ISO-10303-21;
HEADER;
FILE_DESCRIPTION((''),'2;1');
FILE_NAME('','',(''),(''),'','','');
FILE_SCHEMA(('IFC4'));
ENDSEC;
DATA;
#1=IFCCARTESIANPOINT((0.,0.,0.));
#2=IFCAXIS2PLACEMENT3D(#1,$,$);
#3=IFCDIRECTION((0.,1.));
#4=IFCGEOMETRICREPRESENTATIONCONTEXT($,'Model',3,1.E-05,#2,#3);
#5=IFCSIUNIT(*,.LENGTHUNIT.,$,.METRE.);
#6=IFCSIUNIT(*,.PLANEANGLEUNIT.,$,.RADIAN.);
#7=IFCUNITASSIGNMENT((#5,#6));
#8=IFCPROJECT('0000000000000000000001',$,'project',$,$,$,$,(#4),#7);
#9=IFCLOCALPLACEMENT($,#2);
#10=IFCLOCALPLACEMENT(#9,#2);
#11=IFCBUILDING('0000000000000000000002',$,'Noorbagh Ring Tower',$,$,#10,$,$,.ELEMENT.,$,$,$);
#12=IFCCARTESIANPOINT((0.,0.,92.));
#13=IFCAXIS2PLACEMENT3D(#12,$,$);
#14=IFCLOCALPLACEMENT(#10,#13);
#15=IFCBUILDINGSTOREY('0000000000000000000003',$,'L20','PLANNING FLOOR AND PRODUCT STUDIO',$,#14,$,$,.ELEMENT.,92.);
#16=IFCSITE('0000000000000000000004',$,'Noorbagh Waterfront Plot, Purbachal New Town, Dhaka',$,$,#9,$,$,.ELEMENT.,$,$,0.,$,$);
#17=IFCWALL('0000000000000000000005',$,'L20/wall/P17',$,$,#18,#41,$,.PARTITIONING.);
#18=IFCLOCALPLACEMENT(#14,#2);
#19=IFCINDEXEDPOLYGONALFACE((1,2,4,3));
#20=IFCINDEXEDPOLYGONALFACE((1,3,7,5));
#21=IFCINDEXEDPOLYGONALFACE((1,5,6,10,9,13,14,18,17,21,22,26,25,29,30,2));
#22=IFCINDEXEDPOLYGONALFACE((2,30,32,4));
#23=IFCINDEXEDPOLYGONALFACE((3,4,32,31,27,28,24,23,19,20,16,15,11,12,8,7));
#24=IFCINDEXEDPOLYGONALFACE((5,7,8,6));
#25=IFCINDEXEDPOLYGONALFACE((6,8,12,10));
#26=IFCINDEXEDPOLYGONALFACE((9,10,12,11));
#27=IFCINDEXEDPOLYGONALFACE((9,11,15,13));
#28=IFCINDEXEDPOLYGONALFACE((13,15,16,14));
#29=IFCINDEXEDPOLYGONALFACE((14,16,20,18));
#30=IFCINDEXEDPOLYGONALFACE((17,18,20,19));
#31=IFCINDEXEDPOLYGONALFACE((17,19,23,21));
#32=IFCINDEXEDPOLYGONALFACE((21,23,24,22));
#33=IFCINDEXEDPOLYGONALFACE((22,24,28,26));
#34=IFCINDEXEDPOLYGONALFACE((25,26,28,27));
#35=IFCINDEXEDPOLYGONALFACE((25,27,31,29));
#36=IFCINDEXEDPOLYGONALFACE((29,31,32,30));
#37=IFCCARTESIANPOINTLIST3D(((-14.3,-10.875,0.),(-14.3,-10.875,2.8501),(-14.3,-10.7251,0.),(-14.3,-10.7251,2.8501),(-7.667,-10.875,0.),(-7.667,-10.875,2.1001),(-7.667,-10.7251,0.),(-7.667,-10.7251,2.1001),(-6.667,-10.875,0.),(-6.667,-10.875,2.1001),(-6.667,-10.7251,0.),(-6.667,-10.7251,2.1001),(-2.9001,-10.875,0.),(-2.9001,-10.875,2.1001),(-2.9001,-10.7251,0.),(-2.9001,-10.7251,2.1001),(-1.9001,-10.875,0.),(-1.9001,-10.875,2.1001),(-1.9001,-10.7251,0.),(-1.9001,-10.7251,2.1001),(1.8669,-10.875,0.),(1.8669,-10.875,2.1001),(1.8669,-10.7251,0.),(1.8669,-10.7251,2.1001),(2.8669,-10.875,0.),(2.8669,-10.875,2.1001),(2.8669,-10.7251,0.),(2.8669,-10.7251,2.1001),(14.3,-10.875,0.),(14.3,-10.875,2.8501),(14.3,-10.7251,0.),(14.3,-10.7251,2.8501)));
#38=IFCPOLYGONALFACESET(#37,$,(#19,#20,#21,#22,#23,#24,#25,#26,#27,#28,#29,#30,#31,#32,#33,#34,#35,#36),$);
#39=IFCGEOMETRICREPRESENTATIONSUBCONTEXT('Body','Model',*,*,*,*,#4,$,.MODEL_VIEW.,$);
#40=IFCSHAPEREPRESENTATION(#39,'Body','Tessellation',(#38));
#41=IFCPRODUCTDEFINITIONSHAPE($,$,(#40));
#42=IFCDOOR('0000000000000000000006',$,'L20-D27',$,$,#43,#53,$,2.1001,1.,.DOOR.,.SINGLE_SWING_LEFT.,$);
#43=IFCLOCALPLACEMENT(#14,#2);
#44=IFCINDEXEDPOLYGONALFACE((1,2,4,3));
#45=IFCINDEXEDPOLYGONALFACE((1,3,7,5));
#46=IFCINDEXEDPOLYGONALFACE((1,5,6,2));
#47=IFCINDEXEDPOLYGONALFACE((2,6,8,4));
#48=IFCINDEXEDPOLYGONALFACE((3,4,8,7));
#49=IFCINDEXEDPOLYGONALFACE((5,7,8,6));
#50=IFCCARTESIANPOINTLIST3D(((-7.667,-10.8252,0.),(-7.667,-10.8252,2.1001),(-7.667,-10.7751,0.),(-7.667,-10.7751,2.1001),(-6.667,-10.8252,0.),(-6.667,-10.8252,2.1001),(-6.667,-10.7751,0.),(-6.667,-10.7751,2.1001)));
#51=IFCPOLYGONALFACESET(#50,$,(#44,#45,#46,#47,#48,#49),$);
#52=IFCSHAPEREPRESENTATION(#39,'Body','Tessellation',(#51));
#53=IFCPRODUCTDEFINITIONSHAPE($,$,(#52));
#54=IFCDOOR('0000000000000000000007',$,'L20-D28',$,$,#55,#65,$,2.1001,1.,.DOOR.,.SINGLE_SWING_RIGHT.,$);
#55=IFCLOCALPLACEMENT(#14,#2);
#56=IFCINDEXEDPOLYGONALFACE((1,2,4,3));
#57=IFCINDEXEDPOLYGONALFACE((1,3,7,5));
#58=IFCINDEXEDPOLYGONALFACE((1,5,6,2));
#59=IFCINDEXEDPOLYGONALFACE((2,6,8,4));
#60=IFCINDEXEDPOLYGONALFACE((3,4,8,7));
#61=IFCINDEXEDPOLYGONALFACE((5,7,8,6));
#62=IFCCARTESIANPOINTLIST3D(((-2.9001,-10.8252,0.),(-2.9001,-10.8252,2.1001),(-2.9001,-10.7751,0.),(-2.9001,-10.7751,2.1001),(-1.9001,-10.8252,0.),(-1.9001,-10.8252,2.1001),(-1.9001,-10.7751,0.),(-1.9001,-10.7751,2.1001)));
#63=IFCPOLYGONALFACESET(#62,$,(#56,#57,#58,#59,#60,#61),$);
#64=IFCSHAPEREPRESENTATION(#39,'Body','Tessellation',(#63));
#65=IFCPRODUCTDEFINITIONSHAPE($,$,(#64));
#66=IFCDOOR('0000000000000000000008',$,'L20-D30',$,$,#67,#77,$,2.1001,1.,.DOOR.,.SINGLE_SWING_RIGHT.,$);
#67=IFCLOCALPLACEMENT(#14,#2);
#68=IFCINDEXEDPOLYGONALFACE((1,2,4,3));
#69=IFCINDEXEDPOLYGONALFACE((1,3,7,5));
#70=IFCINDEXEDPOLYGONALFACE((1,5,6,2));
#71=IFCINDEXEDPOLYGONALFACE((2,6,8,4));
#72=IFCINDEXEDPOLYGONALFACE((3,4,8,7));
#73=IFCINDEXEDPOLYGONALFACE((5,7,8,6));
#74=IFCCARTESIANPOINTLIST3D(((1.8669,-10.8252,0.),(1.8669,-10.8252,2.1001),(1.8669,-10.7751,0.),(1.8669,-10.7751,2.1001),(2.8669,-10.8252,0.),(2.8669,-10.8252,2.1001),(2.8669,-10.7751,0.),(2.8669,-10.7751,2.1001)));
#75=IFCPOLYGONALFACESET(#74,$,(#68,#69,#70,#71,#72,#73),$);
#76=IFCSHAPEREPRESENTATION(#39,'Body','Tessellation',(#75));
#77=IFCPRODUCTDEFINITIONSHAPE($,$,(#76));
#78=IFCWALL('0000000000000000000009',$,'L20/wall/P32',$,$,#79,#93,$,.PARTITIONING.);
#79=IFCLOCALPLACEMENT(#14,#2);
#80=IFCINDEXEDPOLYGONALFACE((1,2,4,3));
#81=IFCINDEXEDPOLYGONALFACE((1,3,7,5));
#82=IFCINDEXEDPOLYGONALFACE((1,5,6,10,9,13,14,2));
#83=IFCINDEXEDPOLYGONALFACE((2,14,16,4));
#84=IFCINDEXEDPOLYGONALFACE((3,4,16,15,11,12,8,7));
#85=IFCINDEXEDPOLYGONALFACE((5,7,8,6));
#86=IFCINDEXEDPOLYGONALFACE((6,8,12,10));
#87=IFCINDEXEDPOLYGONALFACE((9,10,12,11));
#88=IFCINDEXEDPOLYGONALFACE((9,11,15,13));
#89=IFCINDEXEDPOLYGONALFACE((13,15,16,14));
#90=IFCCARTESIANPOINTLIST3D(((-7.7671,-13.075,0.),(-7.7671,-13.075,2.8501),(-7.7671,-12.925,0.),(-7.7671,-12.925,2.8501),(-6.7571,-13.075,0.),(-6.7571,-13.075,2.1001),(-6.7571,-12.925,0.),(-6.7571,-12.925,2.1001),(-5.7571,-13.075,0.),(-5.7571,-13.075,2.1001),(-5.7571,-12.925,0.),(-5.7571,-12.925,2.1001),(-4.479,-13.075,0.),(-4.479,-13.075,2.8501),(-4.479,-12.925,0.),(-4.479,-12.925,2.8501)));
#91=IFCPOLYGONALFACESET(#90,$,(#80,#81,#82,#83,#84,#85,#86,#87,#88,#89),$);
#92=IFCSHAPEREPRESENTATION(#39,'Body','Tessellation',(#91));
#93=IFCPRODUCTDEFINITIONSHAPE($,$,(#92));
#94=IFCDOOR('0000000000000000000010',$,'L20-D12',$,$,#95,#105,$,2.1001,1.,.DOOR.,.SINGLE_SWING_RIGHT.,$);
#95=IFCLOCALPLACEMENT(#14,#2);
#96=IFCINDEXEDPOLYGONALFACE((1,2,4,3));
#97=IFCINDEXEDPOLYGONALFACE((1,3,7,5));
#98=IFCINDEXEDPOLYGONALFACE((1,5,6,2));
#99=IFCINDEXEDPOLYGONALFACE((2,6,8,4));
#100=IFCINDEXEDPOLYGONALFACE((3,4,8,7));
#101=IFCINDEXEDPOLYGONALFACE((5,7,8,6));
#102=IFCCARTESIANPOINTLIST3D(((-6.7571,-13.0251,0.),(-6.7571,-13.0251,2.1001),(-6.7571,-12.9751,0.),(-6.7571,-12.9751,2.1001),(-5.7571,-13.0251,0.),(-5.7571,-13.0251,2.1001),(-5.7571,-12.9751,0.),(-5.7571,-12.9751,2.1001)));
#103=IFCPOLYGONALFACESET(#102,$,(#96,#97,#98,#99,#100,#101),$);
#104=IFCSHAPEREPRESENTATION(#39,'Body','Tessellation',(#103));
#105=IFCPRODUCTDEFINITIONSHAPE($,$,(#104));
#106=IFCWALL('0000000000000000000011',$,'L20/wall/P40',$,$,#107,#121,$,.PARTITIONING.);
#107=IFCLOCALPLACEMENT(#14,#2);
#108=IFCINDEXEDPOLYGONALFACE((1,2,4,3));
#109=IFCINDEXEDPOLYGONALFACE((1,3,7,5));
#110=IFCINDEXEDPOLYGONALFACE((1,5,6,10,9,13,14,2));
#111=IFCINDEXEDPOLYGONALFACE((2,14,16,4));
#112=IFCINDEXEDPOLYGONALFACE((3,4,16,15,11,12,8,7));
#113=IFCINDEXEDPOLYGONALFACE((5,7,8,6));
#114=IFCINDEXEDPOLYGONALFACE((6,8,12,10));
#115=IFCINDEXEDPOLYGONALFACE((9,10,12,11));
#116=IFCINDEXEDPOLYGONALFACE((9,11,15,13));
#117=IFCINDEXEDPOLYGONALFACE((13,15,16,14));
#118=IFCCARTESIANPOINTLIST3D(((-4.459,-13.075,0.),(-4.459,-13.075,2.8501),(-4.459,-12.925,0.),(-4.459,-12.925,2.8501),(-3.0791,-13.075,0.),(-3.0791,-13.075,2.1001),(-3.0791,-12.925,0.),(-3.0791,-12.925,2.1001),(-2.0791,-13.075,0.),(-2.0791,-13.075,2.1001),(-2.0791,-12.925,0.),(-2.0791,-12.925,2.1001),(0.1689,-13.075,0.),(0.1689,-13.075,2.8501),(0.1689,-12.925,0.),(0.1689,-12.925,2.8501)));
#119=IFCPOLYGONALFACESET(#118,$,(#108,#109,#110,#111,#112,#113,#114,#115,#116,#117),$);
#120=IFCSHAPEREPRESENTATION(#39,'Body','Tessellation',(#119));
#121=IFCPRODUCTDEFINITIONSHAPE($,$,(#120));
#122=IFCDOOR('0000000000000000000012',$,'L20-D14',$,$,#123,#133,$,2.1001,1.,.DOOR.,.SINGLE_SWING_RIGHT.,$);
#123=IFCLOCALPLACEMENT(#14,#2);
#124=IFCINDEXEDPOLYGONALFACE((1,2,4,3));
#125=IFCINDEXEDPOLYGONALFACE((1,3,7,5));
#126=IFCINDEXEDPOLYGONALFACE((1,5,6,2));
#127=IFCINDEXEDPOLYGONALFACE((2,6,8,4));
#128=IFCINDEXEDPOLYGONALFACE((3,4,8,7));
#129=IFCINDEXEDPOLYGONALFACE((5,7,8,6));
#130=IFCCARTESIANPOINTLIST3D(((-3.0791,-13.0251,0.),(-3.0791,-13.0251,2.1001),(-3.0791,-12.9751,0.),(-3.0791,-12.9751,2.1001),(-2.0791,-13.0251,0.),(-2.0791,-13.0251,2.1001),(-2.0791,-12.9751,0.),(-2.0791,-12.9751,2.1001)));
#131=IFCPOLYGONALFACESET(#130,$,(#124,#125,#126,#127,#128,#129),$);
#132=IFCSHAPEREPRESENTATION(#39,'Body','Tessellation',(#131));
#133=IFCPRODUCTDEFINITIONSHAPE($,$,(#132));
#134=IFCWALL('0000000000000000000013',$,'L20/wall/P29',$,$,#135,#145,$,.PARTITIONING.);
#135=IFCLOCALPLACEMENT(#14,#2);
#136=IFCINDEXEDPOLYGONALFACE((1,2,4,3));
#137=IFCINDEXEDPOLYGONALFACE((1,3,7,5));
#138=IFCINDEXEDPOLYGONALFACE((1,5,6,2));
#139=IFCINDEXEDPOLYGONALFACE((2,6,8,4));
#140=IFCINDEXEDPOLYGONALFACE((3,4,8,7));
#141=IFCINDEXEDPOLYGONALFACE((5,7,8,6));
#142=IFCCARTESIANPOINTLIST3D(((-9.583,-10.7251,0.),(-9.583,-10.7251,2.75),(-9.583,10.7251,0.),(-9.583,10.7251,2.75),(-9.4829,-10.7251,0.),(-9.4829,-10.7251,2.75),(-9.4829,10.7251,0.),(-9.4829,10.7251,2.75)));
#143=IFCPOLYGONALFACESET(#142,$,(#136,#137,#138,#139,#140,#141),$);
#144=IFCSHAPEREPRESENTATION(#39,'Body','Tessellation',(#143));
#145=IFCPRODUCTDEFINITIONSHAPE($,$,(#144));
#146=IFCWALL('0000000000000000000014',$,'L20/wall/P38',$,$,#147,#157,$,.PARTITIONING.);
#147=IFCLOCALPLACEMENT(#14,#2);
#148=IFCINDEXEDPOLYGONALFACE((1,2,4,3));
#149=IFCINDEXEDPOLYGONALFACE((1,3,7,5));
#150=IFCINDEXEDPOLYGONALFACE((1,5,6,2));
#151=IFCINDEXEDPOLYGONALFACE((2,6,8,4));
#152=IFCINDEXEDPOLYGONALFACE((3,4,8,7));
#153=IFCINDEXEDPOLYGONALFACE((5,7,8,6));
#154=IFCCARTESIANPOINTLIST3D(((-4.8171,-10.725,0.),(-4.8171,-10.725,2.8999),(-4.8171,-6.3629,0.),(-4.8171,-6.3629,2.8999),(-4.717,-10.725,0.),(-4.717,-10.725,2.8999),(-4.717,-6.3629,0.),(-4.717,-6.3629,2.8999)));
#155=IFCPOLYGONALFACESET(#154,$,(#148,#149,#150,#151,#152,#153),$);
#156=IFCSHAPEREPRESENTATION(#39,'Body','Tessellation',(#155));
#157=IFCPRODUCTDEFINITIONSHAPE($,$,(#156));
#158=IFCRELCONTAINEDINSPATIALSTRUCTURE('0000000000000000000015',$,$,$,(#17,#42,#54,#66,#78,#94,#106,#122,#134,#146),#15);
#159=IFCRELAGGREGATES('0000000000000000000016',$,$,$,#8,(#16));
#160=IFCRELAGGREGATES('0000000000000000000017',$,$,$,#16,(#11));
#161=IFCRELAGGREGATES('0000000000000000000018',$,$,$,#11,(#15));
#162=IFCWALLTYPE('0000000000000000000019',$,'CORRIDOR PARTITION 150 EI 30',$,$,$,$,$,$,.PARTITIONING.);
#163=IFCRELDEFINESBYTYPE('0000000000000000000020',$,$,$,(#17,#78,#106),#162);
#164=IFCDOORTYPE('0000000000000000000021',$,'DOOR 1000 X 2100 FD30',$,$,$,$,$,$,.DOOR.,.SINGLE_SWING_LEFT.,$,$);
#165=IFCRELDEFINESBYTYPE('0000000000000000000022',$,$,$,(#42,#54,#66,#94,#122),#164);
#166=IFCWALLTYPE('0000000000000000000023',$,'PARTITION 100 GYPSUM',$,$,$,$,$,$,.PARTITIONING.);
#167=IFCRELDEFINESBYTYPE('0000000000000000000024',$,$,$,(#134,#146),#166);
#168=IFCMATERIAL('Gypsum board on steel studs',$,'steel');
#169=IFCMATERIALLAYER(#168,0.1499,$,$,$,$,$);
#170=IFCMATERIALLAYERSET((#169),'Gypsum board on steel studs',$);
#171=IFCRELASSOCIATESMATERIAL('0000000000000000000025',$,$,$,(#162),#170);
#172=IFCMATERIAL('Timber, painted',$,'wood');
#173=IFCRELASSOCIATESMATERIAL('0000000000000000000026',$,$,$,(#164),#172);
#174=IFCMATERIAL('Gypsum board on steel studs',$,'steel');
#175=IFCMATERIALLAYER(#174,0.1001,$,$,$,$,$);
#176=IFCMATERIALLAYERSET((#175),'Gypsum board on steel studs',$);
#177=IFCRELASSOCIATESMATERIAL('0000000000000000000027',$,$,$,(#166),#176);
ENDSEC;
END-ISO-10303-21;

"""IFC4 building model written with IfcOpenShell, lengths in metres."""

from ifc_helpers import new_model, si_unit, direction, frame, frame_2d, origin, place, context, subcontext, project, spatial, rectangle, extrude, material, layer, layer_set, type_object, element, fill, save


model = new_model("IFC4")

# Units and contexts
model_context = context("Model", 3, precision=1e-05, world=origin(), true_north=direction((0.0, 1.0)))
body_context = subcontext(model_context, "Body", "Model", "MODEL_VIEW")
ifc_project = project(units=[si_unit("LENGTHUNIT", "METRE"), si_unit("PLANEANGLEUNIT", "RADIAN")], contexts=[model_context])

# Site, building, storey
site_placement = place(None, origin())
site = spatial("IfcSite", under=ifc_project, at=site_placement, Name="Noorbagh Waterfront Plot, Purbachal New Town, Dhaka", CompositionType="ELEMENT", RefElevation=0.0)
building_placement = place(site_placement, origin())
building = spatial("IfcBuilding", under=site, at=building_placement, Name="Noorbagh Ring Tower", CompositionType="ELEMENT")
storey_placement = place(building_placement, frame((0.0, 0.0, 92.0)))
storey = spatial("IfcBuildingStorey", under=building, at=storey_placement, Name="L20", Description="PLANNING FLOOR AND PRODUCT STUDIO", CompositionType="ELEMENT", Elevation=92.0)

# Shared definitions
ifc_material_1 = material(Name="Gypsum board on steel studs", Category="steel")
ifc_layer_1 = layer(ifc_material_1, 0.1499)
ifc_layer_set_1 = layer_set([ifc_layer_1], Name="Gypsum board on steel studs")
wall_type_1 = type_object("IfcWallType", Name="CORRIDOR PARTITION 150 EI 30", PredefinedType="PARTITIONING", material=ifc_layer_set_1)

# Shared definitions
ifc_material_2 = material(Name="Timber, painted", Category="wood")
door_type_1 = type_object("IfcDoorType", Name="DOOR 1000 X 2100 FD30", OperationType="SINGLE_SWING_LEFT", PredefinedType="DOOR", material=ifc_material_2)

# Wall, openings, doors
wall_1_placement = place(storey_placement, frame((-14.3, -10.8, 0.0), z_axis=(0.0, 0.0, 1.0), x_axis=(1.0, 0.0, 0.0)))
wall_1 = element("IfcWall", 1, at=wall_1_placement, inside=storey, type_object=wall_type_1, Name="L20/wall/P17", PredefinedType="PARTITIONING", context=body_context, shape_type="SweptSolid", body=[
    extrude(rectangle(XDim=28.6001, YDim=0.1499, at=frame_2d((14.3, 0.0))), origin(), (0.0, 0.0, 1.0), 2.8501),
])
opening_1_placement = place(wall_1_placement, frame((6.6331, 0.0, 0.0)))
opening_1 = element("IfcOpeningElement", 2, at=opening_1_placement, cuts=wall_1, PredefinedType="OPENING", context=body_context, shape_type="SweptSolid", body=[
    extrude(rectangle(XDim=1.0, YDim=2.1001, at=frame_2d((0.5, 1.05))), frame((0.0, 0.085, 0.0), z_axis=(0.0, -1.0, 0.0), x_axis=(1.0, 0.0, 0.0)), (0.0, 0.0, 1.0), 0.1699),
])
opening_2_placement = place(wall_1_placement, frame((11.3999, 0.0, 0.0)))
opening_2 = element("IfcOpeningElement", 3, at=opening_2_placement, cuts=wall_1, PredefinedType="OPENING", context=body_context, shape_type="SweptSolid", body=[
    extrude(rectangle(XDim=1.0, YDim=2.1001, at=frame_2d((0.5, 1.05))), frame((0.0, 0.085, 0.0), z_axis=(0.0, -1.0, 0.0), x_axis=(1.0, 0.0, 0.0)), (0.0, 0.0, 1.0), 0.1699),
])
opening_3_placement = place(wall_1_placement, frame((16.167, 0.0, 0.0)))
opening_3 = element("IfcOpeningElement", 4, at=opening_3_placement, cuts=wall_1, PredefinedType="OPENING", context=body_context, shape_type="SweptSolid", body=[
    extrude(rectangle(XDim=1.0, YDim=2.1001, at=frame_2d((0.5, 1.05))), frame((0.0, 0.085, 0.0), z_axis=(0.0, -1.0, 0.0), x_axis=(1.0, 0.0, 0.0)), (0.0, 0.0, 1.0), 0.1699),
])
door_1_placement = place(opening_1_placement, origin())
door_1 = element("IfcDoor", 5, at=door_1_placement, inside=storey, type_object=door_type_1, Name="L20-D27", OperationType="SINGLE_SWING_LEFT", OverallHeight=2.1001, OverallWidth=1.0, PredefinedType="DOOR", context=body_context, shape_type="SweptSolid", body=[
    extrude(rectangle(XDim=1.0, YDim=2.1001, at=frame_2d((0.5, 1.05))), frame((0.0, 0.0249, 0.0), z_axis=(0.0, -1.0, 0.0), x_axis=(1.0, 0.0, 0.0)), (0.0, 0.0, 1.0), 0.05),
])
fill(opening_1, door_1)
door_2_placement = place(opening_2_placement, origin())
door_2 = element("IfcDoor", 6, at=door_2_placement, inside=storey, type_object=door_type_1, Name="L20-D28", OperationType="SINGLE_SWING_RIGHT", OverallHeight=2.1001, OverallWidth=1.0, PredefinedType="DOOR", context=body_context, shape_type="SweptSolid", body=[
    extrude(rectangle(XDim=1.0, YDim=2.1001, at=frame_2d((0.5, 1.05))), frame((0.0, 0.0249, 0.0), z_axis=(0.0, -1.0, 0.0), x_axis=(1.0, 0.0, 0.0)), (0.0, 0.0, 1.0), 0.05),
])
fill(opening_2, door_2)
door_3_placement = place(opening_3_placement, origin())
door_3 = element("IfcDoor", 7, at=door_3_placement, inside=storey, type_object=door_type_1, Name="L20-D30", OperationType="SINGLE_SWING_RIGHT", OverallHeight=2.1001, OverallWidth=1.0, PredefinedType="DOOR", context=body_context, shape_type="SweptSolid", body=[
    extrude(rectangle(XDim=1.0, YDim=2.1001, at=frame_2d((0.5, 1.05))), frame((0.0, 0.0249, 0.0), z_axis=(0.0, -1.0, 0.0), x_axis=(1.0, 0.0, 0.0)), (0.0, 0.0, 1.0), 0.05),
])
fill(opening_3, door_3)

# Walls, openings, doors
wall_2_placement = place(storey_placement, frame((-7.7671, -13.0, 0.0), z_axis=(0.0, 0.0, 1.0), x_axis=(1.0, 0.0, 0.0)))
wall_2 = element("IfcWall", 8, at=wall_2_placement, inside=storey, type_object=wall_type_1, Name="L20/wall/P32", PredefinedType="PARTITIONING", context=body_context, shape_type="SweptSolid", body=[
    extrude(rectangle(XDim=3.2881, YDim=0.1499, at=frame_2d((1.644, 0.0))), origin(), (0.0, 0.0, 1.0), 2.8501),
])
opening_4_placement = place(wall_2_placement, frame((1.01, 0.0, 0.0)))
opening_4 = element("IfcOpeningElement", 9, at=opening_4_placement, cuts=wall_2, PredefinedType="OPENING", context=body_context, shape_type="SweptSolid", body=[
    extrude(rectangle(XDim=1.0, YDim=2.1001, at=frame_2d((0.5, 1.05))), frame((0.0, 0.085, 0.0), z_axis=(0.0, -1.0, 0.0), x_axis=(1.0, 0.0, 0.0)), (0.0, 0.0, 1.0), 0.1699),
])
door_4_placement = place(opening_4_placement, origin())
door_4 = element("IfcDoor", 10, at=door_4_placement, inside=storey, type_object=door_type_1, Name="L20-D12", OperationType="SINGLE_SWING_RIGHT", OverallHeight=2.1001, OverallWidth=1.0, PredefinedType="DOOR", context=body_context, shape_type="SweptSolid", body=[
    extrude(rectangle(XDim=1.0, YDim=2.1001, at=frame_2d((0.5, 1.05))), frame((0.0, 0.0249, 0.0), z_axis=(0.0, -1.0, 0.0), x_axis=(1.0, 0.0, 0.0)), (0.0, 0.0, 1.0), 0.05),
])
fill(opening_4, door_4)
wall_3_placement = place(storey_placement, frame((-4.459, -13.0, 0.0), z_axis=(0.0, 0.0, 1.0), x_axis=(1.0, 0.0, 0.0)))
wall_3 = element("IfcWall", 11, at=wall_3_placement, inside=storey, type_object=wall_type_1, Name="L20/wall/P40", PredefinedType="PARTITIONING", context=body_context, shape_type="SweptSolid", body=[
    extrude(rectangle(XDim=4.6279, YDim=0.1499, at=frame_2d((2.314, 0.0))), origin(), (0.0, 0.0, 1.0), 2.8501),
])
opening_5_placement = place(wall_3_placement, frame((1.3799, 0.0, 0.0)))
opening_5 = element("IfcOpeningElement", 12, at=opening_5_placement, cuts=wall_3, PredefinedType="OPENING", context=body_context, shape_type="SweptSolid", body=[
    extrude(rectangle(XDim=1.0, YDim=2.1001, at=frame_2d((0.5, 1.05))), frame((0.0, 0.085, 0.0), z_axis=(0.0, -1.0, 0.0), x_axis=(1.0, 0.0, 0.0)), (0.0, 0.0, 1.0), 0.1699),
])
door_5_placement = place(opening_5_placement, origin())
door_5 = element("IfcDoor", 13, at=door_5_placement, inside=storey, type_object=door_type_1, Name="L20-D14", OperationType="SINGLE_SWING_RIGHT", OverallHeight=2.1001, OverallWidth=1.0, PredefinedType="DOOR", context=body_context, shape_type="SweptSolid", body=[
    extrude(rectangle(XDim=1.0, YDim=2.1001, at=frame_2d((0.5, 1.05))), frame((0.0, 0.0249, 0.0), z_axis=(0.0, -1.0, 0.0), x_axis=(1.0, 0.0, 0.0)), (0.0, 0.0, 1.0), 0.05),
])
fill(opening_5, door_5)

# Walls
ifc_material_3 = material(Name="Gypsum board on steel studs", Category="steel")
ifc_layer_2 = layer(ifc_material_3, 0.1001)
ifc_layer_set_2 = layer_set([ifc_layer_2], Name="Gypsum board on steel studs")
wall_type_2 = type_object("IfcWallType", Name="PARTITION 100 GYPSUM", PredefinedType="PARTITIONING", material=ifc_layer_set_2)
wall_4_placement = place(storey_placement, frame((-9.533, -10.7251, 0.0), z_axis=(0.0, 0.0, 1.0), x_axis=(0.0, 1.0, 0.0)))
element("IfcWall", 14, at=wall_4_placement, inside=storey, type_object=wall_type_2, Name="L20/wall/P29", PredefinedType="PARTITIONING", context=body_context, shape_type="SweptSolid", body=[
    extrude(rectangle(XDim=21.4502, YDim=0.1001, at=frame_2d((10.7251, 0.0))), origin(), (0.0, 0.0, 1.0), 2.75),
])
wall_5_placement = place(storey_placement, frame((-4.7671, -10.7251, 0.0), z_axis=(0.0, 0.0, 1.0), x_axis=(0.0, 1.0, 0.0)))
element("IfcWall", 15, at=wall_5_placement, inside=storey, type_object=wall_type_2, Name="L20/wall/P38", PredefinedType="PARTITIONING", context=body_context, shape_type="SweptSolid", body=[
    extrude(rectangle(XDim=4.3621, YDim=0.1001, at=frame_2d((2.1812, 0.0))), origin(), (0.0, 0.0, 1.0), 2.8999),
])

save(model, "model.ifc")
